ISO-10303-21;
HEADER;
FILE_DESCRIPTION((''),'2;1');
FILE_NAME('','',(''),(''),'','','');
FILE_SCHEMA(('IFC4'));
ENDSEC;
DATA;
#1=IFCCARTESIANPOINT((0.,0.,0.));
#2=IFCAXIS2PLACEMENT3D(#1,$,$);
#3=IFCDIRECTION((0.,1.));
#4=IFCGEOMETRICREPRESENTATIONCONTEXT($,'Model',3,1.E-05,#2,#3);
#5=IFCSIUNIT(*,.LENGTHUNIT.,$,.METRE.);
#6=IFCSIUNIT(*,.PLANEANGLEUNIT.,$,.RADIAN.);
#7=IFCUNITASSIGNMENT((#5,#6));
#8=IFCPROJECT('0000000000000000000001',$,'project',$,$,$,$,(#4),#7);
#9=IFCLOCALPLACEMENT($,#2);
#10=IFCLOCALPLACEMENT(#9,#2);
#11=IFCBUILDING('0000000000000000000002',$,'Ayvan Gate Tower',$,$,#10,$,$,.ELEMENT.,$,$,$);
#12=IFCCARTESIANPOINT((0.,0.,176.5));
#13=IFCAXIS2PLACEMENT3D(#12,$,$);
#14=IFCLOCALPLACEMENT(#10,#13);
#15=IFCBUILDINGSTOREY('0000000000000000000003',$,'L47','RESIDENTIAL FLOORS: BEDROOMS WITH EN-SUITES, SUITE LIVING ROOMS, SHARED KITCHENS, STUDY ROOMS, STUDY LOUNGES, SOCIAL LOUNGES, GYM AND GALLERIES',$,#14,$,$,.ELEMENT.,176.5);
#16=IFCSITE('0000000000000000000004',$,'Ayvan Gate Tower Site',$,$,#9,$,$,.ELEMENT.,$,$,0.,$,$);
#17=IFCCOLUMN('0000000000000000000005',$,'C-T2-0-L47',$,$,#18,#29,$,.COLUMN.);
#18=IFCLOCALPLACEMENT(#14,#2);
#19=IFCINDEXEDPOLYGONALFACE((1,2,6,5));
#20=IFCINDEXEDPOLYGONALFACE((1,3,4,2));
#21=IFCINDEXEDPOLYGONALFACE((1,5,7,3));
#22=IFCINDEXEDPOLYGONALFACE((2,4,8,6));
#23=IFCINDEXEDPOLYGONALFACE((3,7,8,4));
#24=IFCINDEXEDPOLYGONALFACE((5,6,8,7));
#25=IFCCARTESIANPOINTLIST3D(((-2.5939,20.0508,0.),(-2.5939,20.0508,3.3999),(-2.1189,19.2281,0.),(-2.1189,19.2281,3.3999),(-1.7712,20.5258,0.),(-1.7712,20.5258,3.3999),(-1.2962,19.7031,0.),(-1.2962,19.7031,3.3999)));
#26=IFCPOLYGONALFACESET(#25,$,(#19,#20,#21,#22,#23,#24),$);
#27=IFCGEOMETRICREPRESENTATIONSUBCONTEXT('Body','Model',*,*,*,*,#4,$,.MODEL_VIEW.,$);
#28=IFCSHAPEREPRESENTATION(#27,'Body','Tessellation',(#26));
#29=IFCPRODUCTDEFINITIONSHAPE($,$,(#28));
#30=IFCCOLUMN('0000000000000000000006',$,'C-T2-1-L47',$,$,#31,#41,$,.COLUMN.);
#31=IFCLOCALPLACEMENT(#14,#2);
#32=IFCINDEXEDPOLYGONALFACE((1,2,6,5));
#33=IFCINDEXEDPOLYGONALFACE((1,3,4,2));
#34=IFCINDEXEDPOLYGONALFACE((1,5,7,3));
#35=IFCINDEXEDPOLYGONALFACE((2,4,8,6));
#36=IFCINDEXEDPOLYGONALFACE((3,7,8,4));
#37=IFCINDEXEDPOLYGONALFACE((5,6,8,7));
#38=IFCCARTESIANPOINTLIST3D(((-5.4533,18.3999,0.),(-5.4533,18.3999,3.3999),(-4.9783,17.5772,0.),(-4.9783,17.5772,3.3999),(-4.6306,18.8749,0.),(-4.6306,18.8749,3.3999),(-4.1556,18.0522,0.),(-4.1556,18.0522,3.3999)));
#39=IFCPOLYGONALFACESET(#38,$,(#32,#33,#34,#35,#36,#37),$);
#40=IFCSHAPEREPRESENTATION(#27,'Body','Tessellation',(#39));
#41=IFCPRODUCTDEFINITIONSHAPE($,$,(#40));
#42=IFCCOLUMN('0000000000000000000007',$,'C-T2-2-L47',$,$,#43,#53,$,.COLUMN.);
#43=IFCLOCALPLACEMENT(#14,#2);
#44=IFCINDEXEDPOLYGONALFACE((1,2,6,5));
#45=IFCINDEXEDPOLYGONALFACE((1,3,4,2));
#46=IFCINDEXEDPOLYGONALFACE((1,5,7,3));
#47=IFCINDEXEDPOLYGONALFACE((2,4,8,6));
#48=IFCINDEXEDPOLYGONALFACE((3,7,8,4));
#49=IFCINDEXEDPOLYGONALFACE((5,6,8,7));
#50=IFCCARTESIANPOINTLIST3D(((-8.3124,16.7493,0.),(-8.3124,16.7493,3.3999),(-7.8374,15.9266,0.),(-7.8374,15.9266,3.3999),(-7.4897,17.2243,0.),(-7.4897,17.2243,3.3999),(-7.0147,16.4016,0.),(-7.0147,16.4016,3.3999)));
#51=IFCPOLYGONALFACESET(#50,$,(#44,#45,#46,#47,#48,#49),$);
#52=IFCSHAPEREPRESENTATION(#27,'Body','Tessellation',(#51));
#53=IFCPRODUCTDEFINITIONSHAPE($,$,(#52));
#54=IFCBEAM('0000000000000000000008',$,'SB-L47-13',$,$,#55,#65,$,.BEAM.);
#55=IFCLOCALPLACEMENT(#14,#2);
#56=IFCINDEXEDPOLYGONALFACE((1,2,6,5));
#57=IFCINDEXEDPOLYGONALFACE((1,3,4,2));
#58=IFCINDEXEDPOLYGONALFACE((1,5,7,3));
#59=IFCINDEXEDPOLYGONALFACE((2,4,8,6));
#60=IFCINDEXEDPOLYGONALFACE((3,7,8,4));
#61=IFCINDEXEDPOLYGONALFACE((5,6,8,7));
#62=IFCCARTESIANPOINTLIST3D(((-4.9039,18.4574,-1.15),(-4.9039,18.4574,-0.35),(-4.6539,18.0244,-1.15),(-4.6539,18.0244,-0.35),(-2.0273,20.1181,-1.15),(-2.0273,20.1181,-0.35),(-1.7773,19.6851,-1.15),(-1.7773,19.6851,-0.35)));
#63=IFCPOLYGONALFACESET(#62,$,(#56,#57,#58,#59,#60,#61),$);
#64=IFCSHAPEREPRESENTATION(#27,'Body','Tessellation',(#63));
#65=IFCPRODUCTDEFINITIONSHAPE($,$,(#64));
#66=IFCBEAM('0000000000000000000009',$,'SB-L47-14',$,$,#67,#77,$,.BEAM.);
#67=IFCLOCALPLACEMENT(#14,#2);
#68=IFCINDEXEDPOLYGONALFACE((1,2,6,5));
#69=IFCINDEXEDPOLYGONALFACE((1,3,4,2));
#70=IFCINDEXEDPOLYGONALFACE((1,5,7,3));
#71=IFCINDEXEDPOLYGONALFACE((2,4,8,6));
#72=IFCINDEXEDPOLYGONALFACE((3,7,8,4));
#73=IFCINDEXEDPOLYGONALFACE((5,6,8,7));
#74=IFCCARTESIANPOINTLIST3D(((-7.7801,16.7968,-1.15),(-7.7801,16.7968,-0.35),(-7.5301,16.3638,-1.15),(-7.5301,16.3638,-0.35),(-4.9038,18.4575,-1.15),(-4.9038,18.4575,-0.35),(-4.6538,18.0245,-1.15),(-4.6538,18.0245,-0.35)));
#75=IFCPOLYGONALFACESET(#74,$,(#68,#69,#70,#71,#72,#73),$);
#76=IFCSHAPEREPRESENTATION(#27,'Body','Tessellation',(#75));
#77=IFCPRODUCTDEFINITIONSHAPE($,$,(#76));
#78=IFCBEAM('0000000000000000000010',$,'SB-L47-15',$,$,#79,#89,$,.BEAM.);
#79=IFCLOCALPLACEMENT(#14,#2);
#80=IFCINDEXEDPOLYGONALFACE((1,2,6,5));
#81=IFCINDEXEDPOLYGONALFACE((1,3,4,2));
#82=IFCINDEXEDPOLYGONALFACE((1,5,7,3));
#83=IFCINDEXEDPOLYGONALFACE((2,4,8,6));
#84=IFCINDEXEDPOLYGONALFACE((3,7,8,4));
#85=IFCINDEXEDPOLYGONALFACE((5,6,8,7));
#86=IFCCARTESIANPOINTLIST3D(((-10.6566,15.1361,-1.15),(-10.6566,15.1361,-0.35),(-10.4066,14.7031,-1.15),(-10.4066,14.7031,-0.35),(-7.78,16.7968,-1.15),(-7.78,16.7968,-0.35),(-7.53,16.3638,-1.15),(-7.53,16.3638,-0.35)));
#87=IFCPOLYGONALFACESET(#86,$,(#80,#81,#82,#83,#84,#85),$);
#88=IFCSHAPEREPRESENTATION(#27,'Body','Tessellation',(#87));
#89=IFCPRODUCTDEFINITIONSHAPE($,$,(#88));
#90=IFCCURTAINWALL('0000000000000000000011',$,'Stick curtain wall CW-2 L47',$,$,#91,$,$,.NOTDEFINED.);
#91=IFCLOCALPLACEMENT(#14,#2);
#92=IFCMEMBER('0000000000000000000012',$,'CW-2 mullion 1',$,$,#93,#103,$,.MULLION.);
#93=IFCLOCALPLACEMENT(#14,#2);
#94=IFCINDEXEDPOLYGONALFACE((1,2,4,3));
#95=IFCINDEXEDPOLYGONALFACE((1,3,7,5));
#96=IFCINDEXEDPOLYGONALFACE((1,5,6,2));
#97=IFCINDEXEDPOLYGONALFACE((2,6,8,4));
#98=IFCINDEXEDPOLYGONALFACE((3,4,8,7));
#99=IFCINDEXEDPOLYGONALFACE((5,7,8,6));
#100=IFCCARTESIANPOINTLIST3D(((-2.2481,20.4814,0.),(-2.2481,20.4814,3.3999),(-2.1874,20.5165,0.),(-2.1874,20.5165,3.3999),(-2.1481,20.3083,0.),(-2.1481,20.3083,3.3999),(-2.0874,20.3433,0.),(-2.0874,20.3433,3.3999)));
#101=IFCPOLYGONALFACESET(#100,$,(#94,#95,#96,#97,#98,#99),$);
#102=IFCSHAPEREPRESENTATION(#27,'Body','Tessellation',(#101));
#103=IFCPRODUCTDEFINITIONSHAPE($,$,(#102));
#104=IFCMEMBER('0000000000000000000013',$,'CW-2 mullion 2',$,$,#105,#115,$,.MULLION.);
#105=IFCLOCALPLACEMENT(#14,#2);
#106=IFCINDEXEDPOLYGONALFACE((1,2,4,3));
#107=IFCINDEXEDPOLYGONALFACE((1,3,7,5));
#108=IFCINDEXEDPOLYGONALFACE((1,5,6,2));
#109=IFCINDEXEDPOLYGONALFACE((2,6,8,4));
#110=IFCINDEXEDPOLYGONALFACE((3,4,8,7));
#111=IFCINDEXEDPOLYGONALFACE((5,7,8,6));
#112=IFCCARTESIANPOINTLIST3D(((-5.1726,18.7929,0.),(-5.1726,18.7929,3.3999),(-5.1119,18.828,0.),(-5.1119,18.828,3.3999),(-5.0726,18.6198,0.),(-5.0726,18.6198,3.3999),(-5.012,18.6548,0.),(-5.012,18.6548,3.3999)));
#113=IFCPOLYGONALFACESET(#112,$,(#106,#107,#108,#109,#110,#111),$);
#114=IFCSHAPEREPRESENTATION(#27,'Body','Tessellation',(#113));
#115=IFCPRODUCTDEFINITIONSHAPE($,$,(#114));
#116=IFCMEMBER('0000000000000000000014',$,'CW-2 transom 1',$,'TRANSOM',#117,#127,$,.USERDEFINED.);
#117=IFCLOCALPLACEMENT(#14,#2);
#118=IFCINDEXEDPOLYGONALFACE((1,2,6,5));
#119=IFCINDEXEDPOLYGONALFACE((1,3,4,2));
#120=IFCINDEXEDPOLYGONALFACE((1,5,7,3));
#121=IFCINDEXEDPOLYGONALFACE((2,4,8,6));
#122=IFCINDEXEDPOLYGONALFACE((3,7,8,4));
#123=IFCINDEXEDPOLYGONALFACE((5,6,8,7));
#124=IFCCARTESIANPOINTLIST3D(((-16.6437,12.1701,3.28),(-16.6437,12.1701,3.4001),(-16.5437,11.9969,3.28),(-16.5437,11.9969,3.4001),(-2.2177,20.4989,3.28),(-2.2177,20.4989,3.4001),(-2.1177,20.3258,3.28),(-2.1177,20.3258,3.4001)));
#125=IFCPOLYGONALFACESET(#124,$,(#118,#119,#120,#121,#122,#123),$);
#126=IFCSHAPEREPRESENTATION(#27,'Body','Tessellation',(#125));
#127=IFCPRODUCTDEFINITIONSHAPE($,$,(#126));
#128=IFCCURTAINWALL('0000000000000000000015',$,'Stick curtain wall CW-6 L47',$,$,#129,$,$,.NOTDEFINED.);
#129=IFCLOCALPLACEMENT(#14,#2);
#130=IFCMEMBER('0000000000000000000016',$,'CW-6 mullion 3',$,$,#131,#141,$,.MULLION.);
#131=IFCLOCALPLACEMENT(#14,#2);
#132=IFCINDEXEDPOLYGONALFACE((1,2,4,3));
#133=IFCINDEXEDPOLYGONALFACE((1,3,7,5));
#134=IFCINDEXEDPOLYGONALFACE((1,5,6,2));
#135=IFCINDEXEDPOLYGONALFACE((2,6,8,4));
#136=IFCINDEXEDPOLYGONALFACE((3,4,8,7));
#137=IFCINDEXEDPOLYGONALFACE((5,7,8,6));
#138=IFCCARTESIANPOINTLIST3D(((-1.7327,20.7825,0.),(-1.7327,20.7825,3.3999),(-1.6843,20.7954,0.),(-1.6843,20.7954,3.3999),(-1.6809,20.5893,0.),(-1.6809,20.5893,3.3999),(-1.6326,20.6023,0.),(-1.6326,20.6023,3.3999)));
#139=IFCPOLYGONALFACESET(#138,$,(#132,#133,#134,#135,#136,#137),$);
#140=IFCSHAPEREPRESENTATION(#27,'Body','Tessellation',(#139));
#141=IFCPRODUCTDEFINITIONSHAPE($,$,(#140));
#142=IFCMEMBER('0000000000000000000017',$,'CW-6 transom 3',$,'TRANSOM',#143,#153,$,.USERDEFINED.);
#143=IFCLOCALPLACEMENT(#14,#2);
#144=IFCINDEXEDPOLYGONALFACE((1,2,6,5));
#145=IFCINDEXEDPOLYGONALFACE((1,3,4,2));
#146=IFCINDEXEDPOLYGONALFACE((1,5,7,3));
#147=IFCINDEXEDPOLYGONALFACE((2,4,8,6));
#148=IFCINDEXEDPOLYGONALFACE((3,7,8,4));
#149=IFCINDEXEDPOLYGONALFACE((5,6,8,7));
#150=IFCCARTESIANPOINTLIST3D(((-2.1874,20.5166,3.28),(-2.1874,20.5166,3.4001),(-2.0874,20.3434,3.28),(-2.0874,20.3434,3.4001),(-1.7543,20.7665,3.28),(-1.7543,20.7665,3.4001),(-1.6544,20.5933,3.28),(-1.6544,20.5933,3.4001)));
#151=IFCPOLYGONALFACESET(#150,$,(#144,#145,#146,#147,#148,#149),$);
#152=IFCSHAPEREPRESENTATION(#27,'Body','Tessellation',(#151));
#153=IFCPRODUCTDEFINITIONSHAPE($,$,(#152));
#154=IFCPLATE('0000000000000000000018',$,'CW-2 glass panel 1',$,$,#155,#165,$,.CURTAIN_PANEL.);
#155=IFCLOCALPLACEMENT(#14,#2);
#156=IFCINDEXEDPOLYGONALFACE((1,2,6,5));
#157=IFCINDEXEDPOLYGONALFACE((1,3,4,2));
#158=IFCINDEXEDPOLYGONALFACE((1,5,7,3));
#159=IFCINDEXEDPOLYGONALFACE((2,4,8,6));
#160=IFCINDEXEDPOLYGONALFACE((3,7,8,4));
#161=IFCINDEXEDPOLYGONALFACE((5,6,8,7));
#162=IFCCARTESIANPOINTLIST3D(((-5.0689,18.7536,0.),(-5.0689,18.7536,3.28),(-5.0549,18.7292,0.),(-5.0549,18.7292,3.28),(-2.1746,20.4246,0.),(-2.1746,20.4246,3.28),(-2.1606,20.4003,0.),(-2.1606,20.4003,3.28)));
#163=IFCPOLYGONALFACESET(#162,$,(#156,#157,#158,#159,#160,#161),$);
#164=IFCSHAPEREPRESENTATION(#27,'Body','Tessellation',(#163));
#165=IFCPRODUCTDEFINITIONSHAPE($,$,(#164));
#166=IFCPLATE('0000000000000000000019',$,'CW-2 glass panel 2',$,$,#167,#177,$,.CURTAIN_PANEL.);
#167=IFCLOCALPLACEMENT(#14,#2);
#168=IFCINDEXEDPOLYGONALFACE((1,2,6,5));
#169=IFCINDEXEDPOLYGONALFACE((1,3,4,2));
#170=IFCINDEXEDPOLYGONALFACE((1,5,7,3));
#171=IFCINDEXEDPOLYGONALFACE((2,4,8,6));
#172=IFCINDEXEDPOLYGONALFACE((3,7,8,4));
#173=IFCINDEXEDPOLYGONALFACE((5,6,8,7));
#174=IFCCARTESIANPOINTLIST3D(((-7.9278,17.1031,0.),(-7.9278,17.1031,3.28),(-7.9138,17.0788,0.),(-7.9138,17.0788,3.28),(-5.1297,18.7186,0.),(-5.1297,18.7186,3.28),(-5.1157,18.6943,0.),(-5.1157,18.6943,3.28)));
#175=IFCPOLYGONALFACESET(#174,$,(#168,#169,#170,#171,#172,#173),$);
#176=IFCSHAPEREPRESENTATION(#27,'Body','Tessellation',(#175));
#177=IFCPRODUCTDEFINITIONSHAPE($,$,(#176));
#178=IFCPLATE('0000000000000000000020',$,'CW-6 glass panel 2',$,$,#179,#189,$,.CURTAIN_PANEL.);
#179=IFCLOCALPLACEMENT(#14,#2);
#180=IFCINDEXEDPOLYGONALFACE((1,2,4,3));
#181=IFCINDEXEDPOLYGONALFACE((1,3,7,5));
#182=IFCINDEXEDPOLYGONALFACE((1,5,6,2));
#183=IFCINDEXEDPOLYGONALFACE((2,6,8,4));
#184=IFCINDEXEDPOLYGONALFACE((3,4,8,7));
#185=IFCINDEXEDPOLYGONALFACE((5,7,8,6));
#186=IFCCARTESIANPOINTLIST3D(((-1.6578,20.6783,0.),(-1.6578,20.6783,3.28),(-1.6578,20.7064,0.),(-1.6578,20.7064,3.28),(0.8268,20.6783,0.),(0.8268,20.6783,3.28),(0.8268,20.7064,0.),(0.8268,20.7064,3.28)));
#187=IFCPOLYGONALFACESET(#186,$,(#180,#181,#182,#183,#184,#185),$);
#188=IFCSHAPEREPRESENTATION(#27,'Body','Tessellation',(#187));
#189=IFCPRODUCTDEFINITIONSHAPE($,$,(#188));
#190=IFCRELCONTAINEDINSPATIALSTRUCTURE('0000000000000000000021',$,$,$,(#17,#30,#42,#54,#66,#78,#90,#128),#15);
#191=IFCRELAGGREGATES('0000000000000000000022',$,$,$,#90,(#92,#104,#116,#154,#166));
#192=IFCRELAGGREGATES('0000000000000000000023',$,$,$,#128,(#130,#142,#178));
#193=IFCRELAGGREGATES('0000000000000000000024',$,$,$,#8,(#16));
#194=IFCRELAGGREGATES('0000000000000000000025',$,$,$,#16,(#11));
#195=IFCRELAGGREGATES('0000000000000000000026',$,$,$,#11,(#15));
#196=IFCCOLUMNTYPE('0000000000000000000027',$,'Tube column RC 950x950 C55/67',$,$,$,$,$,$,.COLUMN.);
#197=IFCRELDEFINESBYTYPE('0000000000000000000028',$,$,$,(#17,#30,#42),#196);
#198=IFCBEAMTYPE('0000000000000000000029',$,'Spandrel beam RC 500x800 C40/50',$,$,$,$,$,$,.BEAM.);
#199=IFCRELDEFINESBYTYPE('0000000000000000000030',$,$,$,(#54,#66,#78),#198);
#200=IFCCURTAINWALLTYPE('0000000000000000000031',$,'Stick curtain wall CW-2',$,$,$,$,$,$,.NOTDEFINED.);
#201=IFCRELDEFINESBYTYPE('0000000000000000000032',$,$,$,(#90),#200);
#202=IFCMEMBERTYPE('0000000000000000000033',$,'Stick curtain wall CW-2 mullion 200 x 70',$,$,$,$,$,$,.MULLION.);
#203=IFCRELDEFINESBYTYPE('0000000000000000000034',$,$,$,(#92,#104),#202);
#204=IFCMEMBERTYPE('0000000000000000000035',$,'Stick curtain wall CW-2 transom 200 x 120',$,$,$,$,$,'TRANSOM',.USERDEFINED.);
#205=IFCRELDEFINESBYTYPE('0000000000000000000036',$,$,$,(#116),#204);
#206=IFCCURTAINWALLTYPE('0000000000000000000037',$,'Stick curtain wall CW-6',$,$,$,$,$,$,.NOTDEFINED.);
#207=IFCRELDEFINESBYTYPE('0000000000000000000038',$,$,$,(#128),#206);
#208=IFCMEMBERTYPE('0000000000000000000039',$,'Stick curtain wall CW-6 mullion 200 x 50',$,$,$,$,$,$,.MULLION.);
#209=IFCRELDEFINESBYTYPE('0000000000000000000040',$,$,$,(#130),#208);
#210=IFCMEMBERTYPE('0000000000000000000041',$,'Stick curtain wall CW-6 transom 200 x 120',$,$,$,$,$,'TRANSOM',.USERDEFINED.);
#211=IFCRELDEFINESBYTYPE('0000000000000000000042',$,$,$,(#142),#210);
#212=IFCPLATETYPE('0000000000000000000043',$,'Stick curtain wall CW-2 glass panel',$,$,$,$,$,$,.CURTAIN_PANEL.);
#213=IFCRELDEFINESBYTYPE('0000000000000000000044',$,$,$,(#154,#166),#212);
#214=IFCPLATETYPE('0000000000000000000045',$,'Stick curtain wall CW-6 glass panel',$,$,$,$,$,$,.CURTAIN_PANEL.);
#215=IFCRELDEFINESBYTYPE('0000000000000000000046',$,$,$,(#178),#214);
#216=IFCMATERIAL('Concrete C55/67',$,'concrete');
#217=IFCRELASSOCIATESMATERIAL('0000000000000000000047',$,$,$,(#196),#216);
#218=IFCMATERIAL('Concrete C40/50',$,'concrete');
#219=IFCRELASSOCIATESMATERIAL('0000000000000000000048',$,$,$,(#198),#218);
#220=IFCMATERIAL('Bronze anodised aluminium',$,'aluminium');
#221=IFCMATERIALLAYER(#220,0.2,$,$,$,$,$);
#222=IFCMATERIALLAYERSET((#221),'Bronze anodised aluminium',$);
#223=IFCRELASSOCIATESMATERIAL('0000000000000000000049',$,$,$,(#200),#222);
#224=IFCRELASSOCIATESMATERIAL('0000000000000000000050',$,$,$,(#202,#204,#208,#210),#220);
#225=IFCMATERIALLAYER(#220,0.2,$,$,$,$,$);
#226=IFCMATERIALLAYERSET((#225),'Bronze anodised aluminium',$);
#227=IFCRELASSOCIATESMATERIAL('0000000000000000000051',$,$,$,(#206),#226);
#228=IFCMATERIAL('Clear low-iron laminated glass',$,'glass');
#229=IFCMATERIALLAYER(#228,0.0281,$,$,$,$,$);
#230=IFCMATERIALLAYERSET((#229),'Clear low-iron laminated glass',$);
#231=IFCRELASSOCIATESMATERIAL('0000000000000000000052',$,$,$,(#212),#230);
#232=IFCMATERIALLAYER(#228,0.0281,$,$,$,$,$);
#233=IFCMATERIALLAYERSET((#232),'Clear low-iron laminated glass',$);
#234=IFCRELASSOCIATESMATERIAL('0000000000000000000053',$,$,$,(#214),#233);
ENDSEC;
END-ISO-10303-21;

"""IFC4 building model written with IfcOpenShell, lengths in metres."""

from ifc_helpers import new_model, si_unit, direction, frame, origin, origin_2d, place, context, subcontext, project, spatial, rectangle, extrude, material, layer, layer_set, material_profile, profile_set, type_object, element, aggregate, save


model = new_model("IFC4")

# Units and contexts
model_context = context("Model", 3, precision=1e-05, world=origin(), true_north=direction((0.0, 1.0)))
body_context = subcontext(model_context, "Body", "Model", "MODEL_VIEW")
ifc_project = project(units=[si_unit("LENGTHUNIT", "METRE"), si_unit("PLANEANGLEUNIT", "RADIAN")], contexts=[model_context])

# Site, building, storey
site_placement = place(None, origin())
site = spatial("IfcSite", under=ifc_project, at=site_placement, Name="Ayvan Gate Tower Site", CompositionType="ELEMENT", RefElevation=0.0)
building_placement = place(site_placement, origin())
building = spatial("IfcBuilding", under=site, at=building_placement, Name="Ayvan Gate Tower", CompositionType="ELEMENT")
storey_placement = place(building_placement, frame((0.0, 0.0, 176.5)))
storey = spatial("IfcBuildingStorey", under=building, at=storey_placement, Name="L47", Description="RESIDENTIAL FLOORS: BEDROOMS WITH EN-SUITES, SUITE LIVING ROOMS, SHARED KITCHENS, STUDY ROOMS, STUDY LOUNGES, SOCIAL LOUNGES, GYM AND GALLERIES", CompositionType="ELEMENT", Elevation=176.5)

# Columns
ifc_material_1 = material(Name="Concrete C55/67", Category="concrete")
ifc_material_profile_1 = material_profile(ifc_material_1, rectangle(XDim=0.95, YDim=0.95, at=origin_2d()), Name="RC 950x950")
ifc_profile_set_1 = profile_set([ifc_material_profile_1], Name="Concrete C55/67")
column_type = type_object("IfcColumnType", Name="Tube column RC 950x950 C55/67", PredefinedType="COLUMN", material=ifc_profile_set_1)
for number, where, z_axis, x_axis, name in (
    (1, (-1.9451, 19.877, 0.0), (0.0, 0.0, 1.0), (-0.5, 0.866025, 0.0), "C-T2-0-L47"),
    (2, (-4.8044, 18.2261, 0.0), (0.0, 0.0, 1.0), (-0.5, 0.866025, 0.0), "C-T2-1-L47"),
    (3, (-7.6636, 16.5754, 0.0), (0.0, 0.0, 1.0), (-0.5, 0.866025, 0.0), "C-T2-2-L47"),
):
    element("IfcColumn", number, at=place(storey_placement, frame(where, z_axis=z_axis, x_axis=x_axis)), inside=storey, type_object=column_type, Name=name, PredefinedType="COLUMN", context=body_context, shape_type="SweptSolid", body=[
        extrude(rectangle(XDim=0.95, YDim=0.95, at=origin_2d()), origin(), (0.0, 0.0, 1.0), 3.3999),
    ])

# Beams
ifc_material_2 = material(Name="Concrete C40/50", Category="concrete")
ifc_material_profile_2 = material_profile(ifc_material_2, rectangle(XDim=0.5, YDim=0.8, at=origin_2d()), Name="RC 500x800")
ifc_profile_set_2 = profile_set([ifc_material_profile_2], Name="Concrete C40/50")
beam_type = type_object("IfcBeamType", Name="Spandrel beam RC 500x800 C40/50", PredefinedType="BEAM", material=ifc_profile_set_2)
beam_1_placement = place(storey_placement, frame((-1.9023, 19.9016, -0.75), z_axis=(-0.866036, -0.499981, 0.0), x_axis=(0.499981, -0.866036, 0.0)))
element("IfcBeam", 4, at=beam_1_placement, inside=storey, type_object=beam_type, Name="SB-L47-13", PredefinedType="BEAM", context=body_context, shape_type="SweptSolid", body=[
    extrude(rectangle(XDim=0.5, YDim=0.8, at=origin_2d()), origin(), (0.0, 0.0, 1.0), 3.3215),
])
beam_2_placement = place(storey_placement, frame((-4.7788, 18.241, -0.75), z_axis=(-0.866018, -0.500013, 0.0), x_axis=(0.500013, -0.866018, 0.0)))
element("IfcBeam", 5, at=beam_2_placement, inside=storey, type_object=beam_type, Name="SB-L47-14", PredefinedType="BEAM", context=body_context, shape_type="SweptSolid", body=[
    extrude(rectangle(XDim=0.5, YDim=0.8, at=origin_2d()), origin(), (0.0, 0.0, 1.0), 3.3213),
])
beam_3_placement = place(storey_placement, frame((-7.655, 16.5803, -0.75), z_axis=(-0.866036, -0.499981, 0.0), x_axis=(0.499981, -0.866036, 0.0)))
element("IfcBeam", 6, at=beam_3_placement, inside=storey, type_object=beam_type, Name="SB-L47-15", PredefinedType="BEAM", context=body_context, shape_type="SweptSolid", body=[
    extrude(rectangle(XDim=0.5, YDim=0.8, at=origin_2d()), origin(), (0.0, 0.0, 1.0), 3.3215),
])

# Curtain walls, members
ifc_material_3 = material(Name="Bronze anodised aluminium", Category="aluminium")
ifc_layer_1 = layer(ifc_material_3, 0.2)
ifc_layer_set_1 = layer_set([ifc_layer_1], Name="Bronze anodised aluminium")
curtain_wall_type_1 = type_object("IfcCurtainWallType", Name="Stick curtain wall CW-2", PredefinedType="NOTDEFINED", material=ifc_layer_set_1)
curtain_wall_1_placement = place(storey_placement, origin())
curtain_wall_1 = element("IfcCurtainWall", 7, at=curtain_wall_1_placement, inside=storey, type_object=curtain_wall_type_1, Name="Stick curtain wall CW-2 L47", PredefinedType="NOTDEFINED")
ifc_material_profile_3 = material_profile(ifc_material_3, rectangle(XDim=0.2, YDim=0.0701, at=origin_2d()), Name="Stick curtain wall CW-2 mullion 200 x 70")
ifc_profile_set_3 = profile_set([ifc_material_profile_3], Name="Bronze anodised aluminium")
member_type_1 = type_object("IfcMemberType", Name="Stick curtain wall CW-2 mullion 200 x 70", PredefinedType="MULLION", material=ifc_profile_set_3)
member_1_placement = place(storey_placement, frame((-2.1677, 20.4124, 0.0), z_axis=(0.0, 0.0, 1.0), x_axis=(-0.5, 0.866025, 0.0)))
member_1 = element("IfcMember", 8, at=member_1_placement, type_object=member_type_1, Name="CW-2 mullion 1", PredefinedType="MULLION", context=body_context, shape_type="SweptSolid", body=[
    extrude(rectangle(XDim=0.2, YDim=0.0701, at=origin_2d()), origin(), (0.0, 0.0, 1.0), 3.3999),
])
member_2_placement = place(storey_placement, frame((-5.0923, 18.7239, 0.0), z_axis=(0.0, 0.0, 1.0), x_axis=(-0.5, 0.866025, 0.0)))
member_2 = element("IfcMember", 9, at=member_2_placement, type_object=member_type_1, Name="CW-2 mullion 2", PredefinedType="MULLION", context=body_context, shape_type="SweptSolid", body=[
    extrude(rectangle(XDim=0.2, YDim=0.0701, at=origin_2d()), origin(), (0.0, 0.0, 1.0), 3.3999),
])
ifc_material_profile_4 = material_profile(ifc_material_3, rectangle(XDim=0.2, YDim=0.1201, at=origin_2d()), Name="Stick curtain wall CW-2 transom 200 x 120")
ifc_profile_set_4 = profile_set([ifc_material_profile_4], Name="Bronze anodised aluminium")
member_type_2 = type_object("IfcMemberType", Name="Stick curtain wall CW-2 transom 200 x 120", ElementType="TRANSOM", PredefinedType="USERDEFINED", material=ifc_profile_set_4)
member_3_placement = place(storey_placement, frame((-2.1677, 20.4124, 3.3401), z_axis=(-0.866026, -0.499999, 0.0), x_axis=(0.499999, -0.866026, 0.0)))
member_3 = element("IfcMember", 10, at=member_3_placement, type_object=member_type_2, Name="CW-2 transom 1", ObjectType="TRANSOM", PredefinedType="USERDEFINED", context=body_context, shape_type="SweptSolid", body=[
    extrude(rectangle(XDim=0.2, YDim=0.1201, at=origin_2d()), origin(), (0.0, 0.0, 1.0), 16.6577),
])
ifc_layer_2 = layer(ifc_material_3, 0.2)
ifc_layer_set_2 = layer_set([ifc_layer_2], Name="Bronze anodised aluminium")
curtain_wall_type_2 = type_object("IfcCurtainWallType", Name="Stick curtain wall CW-6", PredefinedType="NOTDEFINED", material=ifc_layer_set_2)
curtain_wall_2_placement = place(storey_placement, origin())
curtain_wall_2 = element("IfcCurtainWall", 11, at=curtain_wall_2_placement, inside=storey, type_object=curtain_wall_type_2, Name="Stick curtain wall CW-6 L47", PredefinedType="NOTDEFINED")
ifc_material_profile_5 = material_profile(ifc_material_3, rectangle(XDim=0.2, YDim=0.05, at=origin_2d()), Name="Stick curtain wall CW-6 mullion 200 x 50")
ifc_profile_set_5 = profile_set([ifc_material_profile_5], Name="Bronze anodised aluminium")
member_type_3 = type_object("IfcMemberType", Name="Stick curtain wall CW-6 mullion 200 x 50", PredefinedType="MULLION", material=ifc_profile_set_5)
member_4_placement = place(storey_placement, frame((-1.6826, 20.6924, 0.0), z_axis=(0.0, 0.0, 1.0), x_axis=(-0.258819, 0.965926, 0.0)))
member_4 = element("IfcMember", 12, at=member_4_placement, type_object=member_type_3, Name="CW-6 mullion 3", PredefinedType="MULLION", context=body_context, shape_type="SweptSolid", body=[
    extrude(rectangle(XDim=0.2, YDim=0.05, at=origin_2d()), origin(), (0.0, 0.0, 1.0), 3.3999),
])
ifc_material_profile_6 = material_profile(ifc_material_3, rectangle(XDim=0.2, YDim=0.1201, at=origin_2d()), Name="Stick curtain wall CW-6 transom 200 x 120")
ifc_profile_set_6 = profile_set([ifc_material_profile_6], Name="Bronze anodised aluminium")
member_type_4 = type_object("IfcMemberType", Name="Stick curtain wall CW-6 transom 200 x 120", ElementType="TRANSOM", PredefinedType="USERDEFINED", material=ifc_profile_set_6)
member_5_placement = place(storey_placement, frame((-1.7043, 20.6799, 3.3401), z_axis=(-0.866072, -0.49992, 0.0), x_axis=(0.49992, -0.866072, 0.0)))
member_5 = element("IfcMember", 13, at=member_5_placement, type_object=member_type_4, Name="CW-6 transom 3", ObjectType="TRANSOM", PredefinedType="USERDEFINED", context=body_context, shape_type="SweptSolid", body=[
    extrude(rectangle(XDim=0.2, YDim=0.1201, at=origin_2d()), origin(), (0.0, 0.0, 1.0), 0.5),
])

# Plates
ifc_material_4 = material(Name="Clear low-iron laminated glass", Category="glass")
ifc_layer_3 = layer(ifc_material_4, 0.0281)
ifc_layer_set_3 = layer_set([ifc_layer_3], Name="Clear low-iron laminated glass")
plate_type_1 = type_object("IfcPlateType", Name="Stick curtain wall CW-2 glass panel", PredefinedType="CURTAIN_PANEL", material=ifc_layer_set_3)
plate_1_placement = place(storey_placement, frame((-3.6147, 19.5769, 0.0), z_axis=(0.0, 0.0, 1.0), x_axis=(-0.866025, -0.5, 0.0)))
plate_1 = element("IfcPlate", 14, at=plate_1_placement, type_object=plate_type_1, Name="CW-2 glass panel 1", PredefinedType="CURTAIN_PANEL", context=body_context, shape_type="SweptSolid", body=[
    extrude(rectangle(XDim=3.342, YDim=0.0281, at=origin_2d()), origin(), (0.0, 0.0, 1.0), 3.28),
])
plate_2_placement = place(storey_placement, frame((-6.5217, 17.8987, 0.0), z_axis=(0.0, 0.0, 1.0), x_axis=(-0.866025, -0.5, 0.0)))
plate_2 = element("IfcPlate", 15, at=plate_2_placement, type_object=plate_type_1, Name="CW-2 glass panel 2", PredefinedType="CURTAIN_PANEL", context=body_context, shape_type="SweptSolid", body=[
    extrude(rectangle(XDim=3.231, YDim=0.0281, at=origin_2d()), origin(), (0.0, 0.0, 1.0), 3.28),
])
aggregate(curtain_wall_1, [member_1, member_2, member_3, plate_1, plate_2])
ifc_layer_4 = layer(ifc_material_4, 0.0281)
ifc_layer_set_4 = layer_set([ifc_layer_4], Name="Clear low-iron laminated glass")
plate_type_2 = type_object("IfcPlateType", Name="Stick curtain wall CW-6 glass panel", PredefinedType="CURTAIN_PANEL", material=ifc_layer_set_4)
plate_3_placement = place(storey_placement, frame((-0.4155, 20.6924, 0.0), z_axis=(0.0, 0.0, 1.0), x_axis=(-1.0, 0.0, 0.0)))
plate_3 = element("IfcPlate", 16, at=plate_3_placement, type_object=plate_type_2, Name="CW-6 glass panel 2", PredefinedType="CURTAIN_PANEL", context=body_context, shape_type="SweptSolid", body=[
    extrude(rectangle(XDim=2.4846, YDim=0.0281, at=origin_2d()), origin(), (0.0, 0.0, 1.0), 3.28),
])
aggregate(curtain_wall_2, [member_4, member_5, plate_3])

save(model, "model.ifc")
